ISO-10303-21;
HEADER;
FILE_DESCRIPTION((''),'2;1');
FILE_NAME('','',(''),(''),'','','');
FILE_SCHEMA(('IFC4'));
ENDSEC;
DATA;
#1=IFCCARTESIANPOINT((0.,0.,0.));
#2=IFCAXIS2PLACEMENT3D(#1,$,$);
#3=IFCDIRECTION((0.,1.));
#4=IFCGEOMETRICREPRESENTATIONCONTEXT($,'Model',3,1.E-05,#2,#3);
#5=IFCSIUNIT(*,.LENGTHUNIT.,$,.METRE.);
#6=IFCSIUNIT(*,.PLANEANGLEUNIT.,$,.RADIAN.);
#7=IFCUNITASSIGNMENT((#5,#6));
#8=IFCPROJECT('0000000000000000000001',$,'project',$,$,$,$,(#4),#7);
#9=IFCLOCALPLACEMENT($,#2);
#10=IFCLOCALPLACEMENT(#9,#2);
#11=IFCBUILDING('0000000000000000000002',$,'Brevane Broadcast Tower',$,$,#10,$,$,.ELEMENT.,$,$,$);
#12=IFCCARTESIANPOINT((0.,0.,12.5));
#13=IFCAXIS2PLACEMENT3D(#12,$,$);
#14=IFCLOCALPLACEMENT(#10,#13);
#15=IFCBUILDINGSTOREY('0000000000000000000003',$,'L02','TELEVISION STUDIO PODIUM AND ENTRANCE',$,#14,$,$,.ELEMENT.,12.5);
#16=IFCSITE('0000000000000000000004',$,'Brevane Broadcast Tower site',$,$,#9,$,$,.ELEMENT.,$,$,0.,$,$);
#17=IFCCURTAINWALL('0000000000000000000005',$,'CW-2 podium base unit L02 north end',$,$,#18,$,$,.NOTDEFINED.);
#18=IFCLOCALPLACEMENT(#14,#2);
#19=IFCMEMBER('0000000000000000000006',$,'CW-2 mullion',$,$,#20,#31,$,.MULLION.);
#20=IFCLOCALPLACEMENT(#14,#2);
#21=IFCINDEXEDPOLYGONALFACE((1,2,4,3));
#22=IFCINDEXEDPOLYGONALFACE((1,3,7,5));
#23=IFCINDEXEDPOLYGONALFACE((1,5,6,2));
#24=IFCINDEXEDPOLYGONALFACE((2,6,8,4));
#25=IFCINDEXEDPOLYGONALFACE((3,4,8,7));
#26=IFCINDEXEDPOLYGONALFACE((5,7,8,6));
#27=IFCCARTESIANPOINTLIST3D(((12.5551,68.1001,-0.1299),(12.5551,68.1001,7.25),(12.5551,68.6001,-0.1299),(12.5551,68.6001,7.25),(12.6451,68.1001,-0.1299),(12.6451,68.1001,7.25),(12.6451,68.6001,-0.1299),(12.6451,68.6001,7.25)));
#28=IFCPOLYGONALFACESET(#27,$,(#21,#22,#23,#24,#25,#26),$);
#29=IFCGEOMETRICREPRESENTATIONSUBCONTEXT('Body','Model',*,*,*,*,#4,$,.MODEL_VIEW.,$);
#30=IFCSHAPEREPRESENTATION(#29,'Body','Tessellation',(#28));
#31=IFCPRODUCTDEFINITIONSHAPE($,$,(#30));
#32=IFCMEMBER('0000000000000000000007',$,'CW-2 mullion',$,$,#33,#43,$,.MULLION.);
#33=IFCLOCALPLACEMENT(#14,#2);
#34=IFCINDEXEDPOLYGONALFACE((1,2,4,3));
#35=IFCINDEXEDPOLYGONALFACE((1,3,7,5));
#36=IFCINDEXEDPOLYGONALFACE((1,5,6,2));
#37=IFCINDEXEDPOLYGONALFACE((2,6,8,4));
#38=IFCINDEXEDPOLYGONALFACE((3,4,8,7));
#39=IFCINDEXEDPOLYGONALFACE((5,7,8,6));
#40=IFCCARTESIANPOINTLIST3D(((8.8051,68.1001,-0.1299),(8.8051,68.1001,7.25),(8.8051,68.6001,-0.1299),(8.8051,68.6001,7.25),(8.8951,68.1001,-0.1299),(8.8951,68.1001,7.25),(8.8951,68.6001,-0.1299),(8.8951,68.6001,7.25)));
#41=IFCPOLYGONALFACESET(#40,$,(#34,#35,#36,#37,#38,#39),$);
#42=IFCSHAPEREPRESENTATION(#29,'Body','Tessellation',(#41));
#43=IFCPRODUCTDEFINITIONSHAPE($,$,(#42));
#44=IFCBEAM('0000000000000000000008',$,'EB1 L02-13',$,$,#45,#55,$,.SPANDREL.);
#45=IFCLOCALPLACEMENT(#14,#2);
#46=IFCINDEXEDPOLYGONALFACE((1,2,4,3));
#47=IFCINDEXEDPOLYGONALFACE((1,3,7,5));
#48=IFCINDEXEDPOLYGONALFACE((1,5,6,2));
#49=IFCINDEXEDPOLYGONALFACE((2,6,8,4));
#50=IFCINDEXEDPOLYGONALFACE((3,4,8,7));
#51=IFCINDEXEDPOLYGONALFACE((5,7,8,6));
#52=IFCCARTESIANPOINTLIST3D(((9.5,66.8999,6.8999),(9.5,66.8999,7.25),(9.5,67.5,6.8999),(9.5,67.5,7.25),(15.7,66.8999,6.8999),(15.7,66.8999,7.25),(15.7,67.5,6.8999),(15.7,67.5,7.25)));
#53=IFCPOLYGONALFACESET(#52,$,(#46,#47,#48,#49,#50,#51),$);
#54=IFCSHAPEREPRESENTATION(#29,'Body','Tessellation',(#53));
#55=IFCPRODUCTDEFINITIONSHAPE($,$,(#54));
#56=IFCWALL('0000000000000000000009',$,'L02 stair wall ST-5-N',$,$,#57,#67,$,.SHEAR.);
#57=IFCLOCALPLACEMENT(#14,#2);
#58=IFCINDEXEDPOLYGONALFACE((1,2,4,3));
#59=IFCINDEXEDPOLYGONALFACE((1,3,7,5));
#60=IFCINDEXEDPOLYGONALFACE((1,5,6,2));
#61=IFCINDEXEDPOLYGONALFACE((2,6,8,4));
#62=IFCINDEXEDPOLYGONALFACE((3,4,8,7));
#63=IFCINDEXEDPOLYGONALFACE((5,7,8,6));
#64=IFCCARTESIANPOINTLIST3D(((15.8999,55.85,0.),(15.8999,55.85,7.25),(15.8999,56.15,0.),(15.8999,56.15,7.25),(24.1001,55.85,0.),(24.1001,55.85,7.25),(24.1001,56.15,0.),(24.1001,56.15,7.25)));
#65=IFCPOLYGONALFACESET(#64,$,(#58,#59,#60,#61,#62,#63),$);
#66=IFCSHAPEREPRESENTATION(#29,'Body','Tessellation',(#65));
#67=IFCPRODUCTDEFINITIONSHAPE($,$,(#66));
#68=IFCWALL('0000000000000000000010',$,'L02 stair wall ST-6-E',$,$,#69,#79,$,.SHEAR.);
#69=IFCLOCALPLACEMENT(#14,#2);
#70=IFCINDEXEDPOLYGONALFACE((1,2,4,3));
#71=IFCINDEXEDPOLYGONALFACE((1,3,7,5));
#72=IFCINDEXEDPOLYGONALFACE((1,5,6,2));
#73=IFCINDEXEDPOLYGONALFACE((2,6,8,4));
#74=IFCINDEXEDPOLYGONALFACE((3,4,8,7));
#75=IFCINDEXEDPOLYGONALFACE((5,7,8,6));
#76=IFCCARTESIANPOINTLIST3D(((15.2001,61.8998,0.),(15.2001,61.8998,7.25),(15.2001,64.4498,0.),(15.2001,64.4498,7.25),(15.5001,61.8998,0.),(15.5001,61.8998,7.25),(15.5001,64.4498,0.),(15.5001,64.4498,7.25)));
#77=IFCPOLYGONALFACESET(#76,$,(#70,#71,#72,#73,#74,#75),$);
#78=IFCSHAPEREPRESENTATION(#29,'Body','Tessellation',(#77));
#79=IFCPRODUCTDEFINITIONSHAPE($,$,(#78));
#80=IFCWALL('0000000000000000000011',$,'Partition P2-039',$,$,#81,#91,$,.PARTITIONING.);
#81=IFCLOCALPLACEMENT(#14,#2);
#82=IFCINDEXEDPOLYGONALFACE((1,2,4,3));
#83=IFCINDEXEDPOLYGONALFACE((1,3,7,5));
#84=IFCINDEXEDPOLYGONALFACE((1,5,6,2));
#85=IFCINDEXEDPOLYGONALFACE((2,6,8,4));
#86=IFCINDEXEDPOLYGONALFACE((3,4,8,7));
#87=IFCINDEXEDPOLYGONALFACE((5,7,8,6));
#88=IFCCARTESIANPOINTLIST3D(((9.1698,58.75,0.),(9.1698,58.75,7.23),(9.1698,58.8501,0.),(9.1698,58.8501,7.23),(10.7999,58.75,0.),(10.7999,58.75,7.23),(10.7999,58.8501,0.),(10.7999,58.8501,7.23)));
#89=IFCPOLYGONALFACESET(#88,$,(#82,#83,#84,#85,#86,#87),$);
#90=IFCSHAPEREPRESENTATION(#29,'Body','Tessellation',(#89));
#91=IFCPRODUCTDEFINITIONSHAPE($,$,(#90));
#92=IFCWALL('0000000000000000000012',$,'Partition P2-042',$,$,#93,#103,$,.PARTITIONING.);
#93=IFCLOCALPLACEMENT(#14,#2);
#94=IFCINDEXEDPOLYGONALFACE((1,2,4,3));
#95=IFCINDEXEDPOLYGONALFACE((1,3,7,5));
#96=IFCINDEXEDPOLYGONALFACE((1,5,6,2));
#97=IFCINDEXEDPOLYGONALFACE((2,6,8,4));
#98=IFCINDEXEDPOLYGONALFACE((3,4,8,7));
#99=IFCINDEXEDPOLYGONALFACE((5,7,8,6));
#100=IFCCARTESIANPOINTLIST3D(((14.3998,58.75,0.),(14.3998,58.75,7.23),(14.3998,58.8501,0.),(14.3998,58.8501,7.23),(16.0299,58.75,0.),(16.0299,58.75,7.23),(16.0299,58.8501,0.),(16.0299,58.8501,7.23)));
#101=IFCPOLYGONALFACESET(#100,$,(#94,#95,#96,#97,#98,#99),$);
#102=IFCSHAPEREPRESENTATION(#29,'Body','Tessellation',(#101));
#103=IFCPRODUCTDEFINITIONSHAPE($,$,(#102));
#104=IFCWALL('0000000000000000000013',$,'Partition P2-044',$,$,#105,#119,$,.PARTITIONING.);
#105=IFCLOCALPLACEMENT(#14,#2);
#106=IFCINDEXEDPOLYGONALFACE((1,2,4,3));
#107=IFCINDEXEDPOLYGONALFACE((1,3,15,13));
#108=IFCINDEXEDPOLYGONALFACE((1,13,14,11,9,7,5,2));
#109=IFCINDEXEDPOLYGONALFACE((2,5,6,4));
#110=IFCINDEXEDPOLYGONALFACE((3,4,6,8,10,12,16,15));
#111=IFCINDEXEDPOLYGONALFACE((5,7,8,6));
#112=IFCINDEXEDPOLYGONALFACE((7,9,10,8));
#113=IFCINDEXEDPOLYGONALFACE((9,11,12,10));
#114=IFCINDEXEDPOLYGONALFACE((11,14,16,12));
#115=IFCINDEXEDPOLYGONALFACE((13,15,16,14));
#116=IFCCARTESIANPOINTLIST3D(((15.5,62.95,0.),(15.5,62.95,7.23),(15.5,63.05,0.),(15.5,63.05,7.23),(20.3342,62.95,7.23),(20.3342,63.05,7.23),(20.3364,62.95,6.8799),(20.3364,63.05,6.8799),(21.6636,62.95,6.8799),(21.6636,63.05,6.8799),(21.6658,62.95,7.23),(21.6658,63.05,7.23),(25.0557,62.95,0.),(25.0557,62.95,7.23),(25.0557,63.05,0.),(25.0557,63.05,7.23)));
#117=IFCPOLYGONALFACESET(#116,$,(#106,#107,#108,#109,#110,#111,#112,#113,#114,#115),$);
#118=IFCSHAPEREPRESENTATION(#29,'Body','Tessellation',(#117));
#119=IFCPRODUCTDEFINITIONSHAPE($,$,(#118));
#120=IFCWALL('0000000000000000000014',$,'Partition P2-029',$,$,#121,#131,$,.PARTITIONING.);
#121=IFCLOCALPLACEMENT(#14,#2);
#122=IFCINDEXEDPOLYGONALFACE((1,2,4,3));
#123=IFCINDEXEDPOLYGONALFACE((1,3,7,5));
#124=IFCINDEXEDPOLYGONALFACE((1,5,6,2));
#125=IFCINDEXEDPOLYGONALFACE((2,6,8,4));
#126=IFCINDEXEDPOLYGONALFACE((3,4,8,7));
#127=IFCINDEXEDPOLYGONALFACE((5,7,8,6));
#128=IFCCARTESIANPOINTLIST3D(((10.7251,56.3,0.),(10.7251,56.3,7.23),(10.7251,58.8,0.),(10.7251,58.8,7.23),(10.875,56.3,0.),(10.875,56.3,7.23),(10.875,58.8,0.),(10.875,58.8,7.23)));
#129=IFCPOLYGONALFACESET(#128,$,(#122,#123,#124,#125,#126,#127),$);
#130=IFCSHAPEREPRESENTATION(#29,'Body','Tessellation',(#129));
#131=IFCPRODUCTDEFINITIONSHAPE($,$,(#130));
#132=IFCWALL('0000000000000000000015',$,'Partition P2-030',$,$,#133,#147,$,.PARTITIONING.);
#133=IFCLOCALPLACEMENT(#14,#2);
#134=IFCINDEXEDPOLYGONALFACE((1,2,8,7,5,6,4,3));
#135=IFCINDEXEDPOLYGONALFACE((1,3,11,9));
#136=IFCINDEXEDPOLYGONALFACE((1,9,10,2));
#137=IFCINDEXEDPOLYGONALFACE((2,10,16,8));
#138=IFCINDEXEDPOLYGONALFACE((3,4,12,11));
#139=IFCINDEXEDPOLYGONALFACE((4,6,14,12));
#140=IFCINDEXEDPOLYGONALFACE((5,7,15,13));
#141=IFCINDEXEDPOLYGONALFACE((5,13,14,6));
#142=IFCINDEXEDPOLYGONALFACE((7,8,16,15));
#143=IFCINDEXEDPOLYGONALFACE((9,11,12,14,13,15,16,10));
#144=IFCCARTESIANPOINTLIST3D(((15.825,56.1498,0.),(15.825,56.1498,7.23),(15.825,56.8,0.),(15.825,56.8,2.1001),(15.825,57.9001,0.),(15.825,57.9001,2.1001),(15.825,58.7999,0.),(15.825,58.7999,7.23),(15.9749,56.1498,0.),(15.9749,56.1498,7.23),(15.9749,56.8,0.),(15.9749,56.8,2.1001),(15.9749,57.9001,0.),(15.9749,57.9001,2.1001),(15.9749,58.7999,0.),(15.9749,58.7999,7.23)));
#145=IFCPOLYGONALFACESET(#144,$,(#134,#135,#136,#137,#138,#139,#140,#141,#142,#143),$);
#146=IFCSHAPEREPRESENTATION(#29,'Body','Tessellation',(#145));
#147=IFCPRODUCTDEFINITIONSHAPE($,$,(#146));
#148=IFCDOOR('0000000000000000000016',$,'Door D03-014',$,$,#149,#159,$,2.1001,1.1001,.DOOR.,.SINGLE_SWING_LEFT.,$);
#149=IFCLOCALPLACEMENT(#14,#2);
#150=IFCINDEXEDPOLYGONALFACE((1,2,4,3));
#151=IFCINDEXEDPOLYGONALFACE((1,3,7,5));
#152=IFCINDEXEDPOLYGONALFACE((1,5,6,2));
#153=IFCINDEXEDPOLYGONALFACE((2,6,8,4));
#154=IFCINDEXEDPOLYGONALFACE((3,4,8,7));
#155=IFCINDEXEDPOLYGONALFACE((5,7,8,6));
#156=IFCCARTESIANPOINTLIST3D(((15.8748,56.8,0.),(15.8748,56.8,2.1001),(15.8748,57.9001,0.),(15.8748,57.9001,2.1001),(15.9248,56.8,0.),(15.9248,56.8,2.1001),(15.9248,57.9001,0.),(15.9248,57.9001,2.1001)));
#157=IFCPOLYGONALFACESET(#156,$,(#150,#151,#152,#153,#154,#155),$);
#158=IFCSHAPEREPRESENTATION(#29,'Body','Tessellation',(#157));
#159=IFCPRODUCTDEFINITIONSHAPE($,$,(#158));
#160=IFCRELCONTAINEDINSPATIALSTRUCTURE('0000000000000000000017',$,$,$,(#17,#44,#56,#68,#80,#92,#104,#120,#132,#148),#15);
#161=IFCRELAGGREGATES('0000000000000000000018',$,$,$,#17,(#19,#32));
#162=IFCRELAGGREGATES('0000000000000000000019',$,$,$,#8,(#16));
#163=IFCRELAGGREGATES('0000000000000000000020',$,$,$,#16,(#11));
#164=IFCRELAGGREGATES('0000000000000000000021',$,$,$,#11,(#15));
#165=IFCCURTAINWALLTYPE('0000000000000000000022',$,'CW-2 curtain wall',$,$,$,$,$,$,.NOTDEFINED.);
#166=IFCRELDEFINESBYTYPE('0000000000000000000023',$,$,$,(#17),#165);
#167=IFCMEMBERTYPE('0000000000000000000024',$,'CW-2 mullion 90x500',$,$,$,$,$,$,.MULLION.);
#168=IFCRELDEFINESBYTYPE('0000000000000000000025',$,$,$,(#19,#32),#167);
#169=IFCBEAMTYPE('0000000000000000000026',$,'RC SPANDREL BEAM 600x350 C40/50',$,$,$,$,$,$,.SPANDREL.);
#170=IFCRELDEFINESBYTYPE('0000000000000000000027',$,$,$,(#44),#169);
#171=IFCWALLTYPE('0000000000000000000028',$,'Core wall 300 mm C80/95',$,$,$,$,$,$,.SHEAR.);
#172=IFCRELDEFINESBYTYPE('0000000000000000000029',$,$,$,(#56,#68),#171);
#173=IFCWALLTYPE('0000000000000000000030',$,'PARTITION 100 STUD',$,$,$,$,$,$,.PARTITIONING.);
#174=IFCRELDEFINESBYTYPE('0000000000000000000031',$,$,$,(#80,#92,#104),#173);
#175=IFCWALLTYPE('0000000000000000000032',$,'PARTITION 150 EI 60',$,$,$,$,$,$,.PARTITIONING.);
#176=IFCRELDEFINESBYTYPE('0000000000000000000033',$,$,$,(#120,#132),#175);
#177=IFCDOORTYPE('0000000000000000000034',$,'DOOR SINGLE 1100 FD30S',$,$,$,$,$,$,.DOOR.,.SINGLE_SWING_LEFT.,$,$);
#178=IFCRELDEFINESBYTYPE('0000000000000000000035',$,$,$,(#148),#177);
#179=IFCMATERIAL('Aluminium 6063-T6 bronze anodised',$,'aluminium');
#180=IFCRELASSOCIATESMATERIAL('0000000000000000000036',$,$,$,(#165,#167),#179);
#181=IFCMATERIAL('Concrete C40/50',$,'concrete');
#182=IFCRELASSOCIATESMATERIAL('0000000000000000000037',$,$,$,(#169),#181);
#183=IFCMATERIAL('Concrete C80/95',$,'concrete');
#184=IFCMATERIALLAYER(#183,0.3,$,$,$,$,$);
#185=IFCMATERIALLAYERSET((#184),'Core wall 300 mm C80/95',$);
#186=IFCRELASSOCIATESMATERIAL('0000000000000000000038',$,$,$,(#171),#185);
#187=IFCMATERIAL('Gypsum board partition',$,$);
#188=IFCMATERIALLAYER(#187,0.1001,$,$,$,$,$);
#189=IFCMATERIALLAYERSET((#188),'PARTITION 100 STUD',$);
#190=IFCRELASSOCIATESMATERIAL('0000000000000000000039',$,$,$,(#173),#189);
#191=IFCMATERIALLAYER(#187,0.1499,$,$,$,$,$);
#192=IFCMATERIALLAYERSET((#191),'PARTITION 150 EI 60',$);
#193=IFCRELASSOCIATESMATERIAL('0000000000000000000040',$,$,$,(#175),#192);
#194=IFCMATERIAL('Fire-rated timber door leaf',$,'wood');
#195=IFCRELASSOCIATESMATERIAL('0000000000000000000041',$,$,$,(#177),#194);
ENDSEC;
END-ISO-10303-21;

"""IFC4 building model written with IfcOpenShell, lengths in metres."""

from ifc_helpers import new_model, si_unit, direction, frame, frame_2d, origin, origin_2d, place, context, subcontext, project, spatial, polyline, rectangle, outline, extrude, material, layer, layer_set, material_profile, profile_set, type_object, element, fill, aggregate, save


model = new_model("IFC4")

# Units and contexts
model_context = context("Model", 3, precision=1e-05, world=origin(), true_north=direction((0.0, 1.0)))
body_context = subcontext(model_context, "Body", "Model", "MODEL_VIEW")
ifc_project = project(units=[si_unit("LENGTHUNIT", "METRE"), si_unit("PLANEANGLEUNIT", "RADIAN")], contexts=[model_context])

# Site, building, storey
site_placement = place(None, origin())
site = spatial("IfcSite", under=ifc_project, at=site_placement, Name="Brevane Broadcast Tower site", CompositionType="ELEMENT", RefElevation=0.0)
building_placement = place(site_placement, origin())
building = spatial("IfcBuilding", under=site, at=building_placement, Name="Brevane Broadcast Tower", CompositionType="ELEMENT")
storey_placement = place(building_placement, frame((0.0, 0.0, 12.5)))
storey = spatial("IfcBuildingStorey", under=building, at=storey_placement, Name="L02", Description="TELEVISION STUDIO PODIUM AND ENTRANCE", CompositionType="ELEMENT", Elevation=12.5)

# Curtain wall, members
ifc_material_1 = material(Name="Aluminium 6063-T6 bronze anodised", Category="aluminium")
curtain_wall_type = type_object("IfcCurtainWallType", Name="CW-2 curtain wall", PredefinedType="NOTDEFINED", material=ifc_material_1)
curtain_wall_placement = place(storey_placement, origin())
curtain_wall = element("IfcCurtainWall", 1, at=curtain_wall_placement, inside=storey, type_object=curtain_wall_type, Name="CW-2 podium base unit L02 north end", PredefinedType="NOTDEFINED")
ifc_material_profile_1 = material_profile(ifc_material_1, rectangle(XDim=0.5, YDim=0.0901, at=origin_2d()), Name="RECT 90x500")
ifc_profile_set_1 = profile_set([ifc_material_profile_1], Name="Aluminium 6063-T6 bronze anodised")
member_type = type_object("IfcMemberType", Name="CW-2 mullion 90x500", PredefinedType="MULLION", material=ifc_profile_set_1)
member_1_placement = place(storey_placement, frame((12.6001, 68.3501, -0.1299), z_axis=(0.0, 0.0, 1.0), x_axis=(0.0, -1.0, 0.0)))
member_1 = element("IfcMember", 2, at=member_1_placement, type_object=member_type, Name="CW-2 mullion", PredefinedType="MULLION", context=body_context, shape_type="SweptSolid", body=[
    extrude(rectangle(XDim=0.5, YDim=0.0901, at=origin_2d()), origin(), (0.0, 0.0, 1.0), 7.3799),
])
member_2_placement = place(storey_placement, frame((8.8501, 68.3501, -0.1299), z_axis=(0.0, 0.0, 1.0), x_axis=(0.0, -1.0, 0.0)))
member_2 = element("IfcMember", 3, at=member_2_placement, type_object=member_type, Name="CW-2 mullion", PredefinedType="MULLION", context=body_context, shape_type="SweptSolid", body=[
    extrude(rectangle(XDim=0.5, YDim=0.0901, at=origin_2d()), origin(), (0.0, 0.0, 1.0), 7.3799),
])
aggregate(curtain_wall, [member_1, member_2])

# Beam
ifc_material_2 = material(Name="Concrete C40/50", Category="concrete")
ifc_material_profile_2 = material_profile(ifc_material_2, rectangle(XDim=0.6001, YDim=0.3501, at=origin_2d()), Name="RC 600x350")
ifc_profile_set_2 = profile_set([ifc_material_profile_2], Name="Concrete C40/50")
beam_type = type_object("IfcBeamType", Name="RC SPANDREL BEAM 600x350 C40/50", PredefinedType="SPANDREL", material=ifc_profile_set_2)
beam_placement = place(storey_placement, frame((15.7, 67.2, 7.075), z_axis=(-1.0, 0.0, 0.0), x_axis=(0.0, -1.0, 0.0)))
element("IfcBeam", 4, at=beam_placement, inside=storey, type_object=beam_type, Name="EB1 L02-13", PredefinedType="SPANDREL", context=body_context, shape_type="SweptSolid", body=[
    extrude(rectangle(XDim=0.6001, YDim=0.3501, at=origin_2d()), origin(), (0.0, 0.0, 1.0), 6.2),
])

# Walls
ifc_material_3 = material(Name="Concrete C80/95", Category="concrete")
ifc_layer_1 = layer(ifc_material_3, 0.3)
ifc_layer_set_1 = layer_set([ifc_layer_1], Name="Core wall 300 mm C80/95")
wall_type_1 = type_object("IfcWallType", Name="Core wall 300 mm C80/95", PredefinedType="SHEAR", material=ifc_layer_set_1)
wall_1_placement = place(storey_placement, frame((15.8999, 56.0, 0.0), z_axis=(0.0, 0.0, 1.0), x_axis=(1.0, 0.0, 0.0)))
element("IfcWall", 5, at=wall_1_placement, inside=storey, type_object=wall_type_1, Name="L02 stair wall ST-5-N", PredefinedType="SHEAR", context=body_context, shape_type="SweptSolid", body=[
    extrude(rectangle(XDim=8.2002, YDim=0.3, at=frame_2d((4.1001, 0.0))), origin(), (0.0, 0.0, 1.0), 7.25),
])
wall_2_placement = place(storey_placement, frame((15.3501, 61.8999, 0.0), z_axis=(0.0, 0.0, 1.0), x_axis=(0.0, 1.0, 0.0)))
element("IfcWall", 6, at=wall_2_placement, inside=storey, type_object=wall_type_1, Name="L02 stair wall ST-6-E", PredefinedType="SHEAR", context=body_context, shape_type="SweptSolid", body=[
    extrude(rectangle(XDim=2.55, YDim=0.3, at=frame_2d((1.2749, 0.0))), origin(), (0.0, 0.0, 1.0), 7.25),
])
ifc_material_4 = material(Name="Gypsum board partition")
ifc_layer_2 = layer(ifc_material_4, 0.1001)
ifc_layer_set_2 = layer_set([ifc_layer_2], Name="PARTITION 100 STUD")
wall_type_2 = type_object("IfcWallType", Name="PARTITION 100 STUD", PredefinedType="PARTITIONING", material=ifc_layer_set_2)
for number, where, z_axis, x_axis, name in (
    (7, (9.1699, 58.8, 0.0), (0.0, 0.0, 1.0), (1.0, 0.0, 0.0), "Partition P2-039"),
    (8, (14.3999, 58.8, 0.0), (0.0, 0.0, 1.0), (1.0, 0.0, 0.0), "Partition P2-042"),
):
    element("IfcWall", number, at=place(storey_placement, frame(where, z_axis=z_axis, x_axis=x_axis)), inside=storey, type_object=wall_type_2, Name=name, PredefinedType="PARTITIONING", context=body_context, shape_type="SweptSolid", body=[
        extrude(rectangle(XDim=1.6301, YDim=0.1001, at=frame_2d((0.8149, 0.0))), origin(), (0.0, 0.0, 1.0), 7.23),
    ])
wall_3_placement = place(storey_placement, frame((15.5, 63.0, 0.0), z_axis=(0.0, 0.0, 1.0), x_axis=(1.0, 0.0, 0.0)))
element("IfcWall", 9, at=wall_3_placement, inside=storey, type_object=wall_type_2, Name="Partition P2-044", PredefinedType="PARTITIONING", context=body_context, shape_type="SweptSolid", body=[
    extrude(outline(polyline([(0.0, 0.0), (9.5557, 0.0), (9.5557, 7.23), (6.1658, 7.23), (6.1636, 6.8799), (4.8364, 6.8799), (4.8342, 7.23), (0.0, 7.23), (0.0, 0.0)])), frame((0.0, 0.05, 0.0), z_axis=(0.0, -1.0, 0.0), x_axis=(1.0, 0.0, 0.0)), (0.0, 0.0, 1.0), 0.1001),
])
ifc_layer_3 = layer(ifc_material_4, 0.1499)
ifc_layer_set_3 = layer_set([ifc_layer_3], Name="PARTITION 150 EI 60")
wall_type_3 = type_object("IfcWallType", Name="PARTITION 150 EI 60", PredefinedType="PARTITIONING", material=ifc_layer_set_3)
wall_4_placement = place(storey_placement, frame((10.8, 56.3, 0.0), z_axis=(0.0, 0.0, 1.0), x_axis=(0.0, 1.0, 0.0)))
element("IfcWall", 10, at=wall_4_placement, inside=storey, type_object=wall_type_3, Name="Partition P2-029", PredefinedType="PARTITIONING", context=body_context, shape_type="SweptSolid", body=[
    extrude(rectangle(XDim=2.5, YDim=0.1499, at=frame_2d((1.25, 0.0))), origin(), (0.0, 0.0, 1.0), 7.23),
])

# Wall, opening, door
wall_5_placement = place(storey_placement, frame((15.8999, 58.8, 0.0), z_axis=(0.0, 0.0, 1.0), x_axis=(0.0, -1.0, 0.0)))
wall_5 = element("IfcWall", 11, at=wall_5_placement, inside=storey, type_object=wall_type_3, Name="Partition P2-030", PredefinedType="PARTITIONING", context=body_context, shape_type="SweptSolid", body=[
    extrude(rectangle(XDim=2.6501, YDim=0.1499, at=frame_2d((1.3252, 0.0))), origin(), (0.0, 0.0, 1.0), 7.23),
])
opening_1_placement = place(wall_5_placement, frame((0.8999, 0.0, 0.0)))
opening_1 = element("IfcOpeningElement", 12, at=opening_1_placement, cuts=wall_5, PredefinedType="OPENING", context=body_context, shape_type="SweptSolid", body=[
    extrude(rectangle(XDim=1.1001, YDim=2.1001, at=frame_2d((0.55, 1.05))), frame((0.0, 0.085, 0.0), z_axis=(0.0, -1.0, 0.0), x_axis=(1.0, 0.0, 0.0)), (0.0, 0.0, 1.0), 0.1699),
])
ifc_material_5 = material(Name="Fire-rated timber door leaf", Category="wood")
door_type = type_object("IfcDoorType", Name="DOOR SINGLE 1100 FD30S", OperationType="SINGLE_SWING_LEFT", PredefinedType="DOOR", material=ifc_material_5)
door_1_placement = place(opening_1_placement, origin())
door_1 = element("IfcDoor", 13, at=door_1_placement, inside=storey, type_object=door_type, Name="Door D03-014", OperationType="SINGLE_SWING_LEFT", OverallHeight=2.1001, OverallWidth=1.1001, PredefinedType="DOOR", context=body_context, shape_type="SweptSolid", body=[
    extrude(rectangle(XDim=1.1001, YDim=2.1001, at=frame_2d((0.55, 1.05))), frame((0.0, 0.0249, 0.0), z_axis=(0.0, -1.0, 0.0), x_axis=(1.0, 0.0, 0.0)), (0.0, 0.0, 1.0), 0.05),
])
fill(opening_1, door_1)

save(model, "model.ifc")
